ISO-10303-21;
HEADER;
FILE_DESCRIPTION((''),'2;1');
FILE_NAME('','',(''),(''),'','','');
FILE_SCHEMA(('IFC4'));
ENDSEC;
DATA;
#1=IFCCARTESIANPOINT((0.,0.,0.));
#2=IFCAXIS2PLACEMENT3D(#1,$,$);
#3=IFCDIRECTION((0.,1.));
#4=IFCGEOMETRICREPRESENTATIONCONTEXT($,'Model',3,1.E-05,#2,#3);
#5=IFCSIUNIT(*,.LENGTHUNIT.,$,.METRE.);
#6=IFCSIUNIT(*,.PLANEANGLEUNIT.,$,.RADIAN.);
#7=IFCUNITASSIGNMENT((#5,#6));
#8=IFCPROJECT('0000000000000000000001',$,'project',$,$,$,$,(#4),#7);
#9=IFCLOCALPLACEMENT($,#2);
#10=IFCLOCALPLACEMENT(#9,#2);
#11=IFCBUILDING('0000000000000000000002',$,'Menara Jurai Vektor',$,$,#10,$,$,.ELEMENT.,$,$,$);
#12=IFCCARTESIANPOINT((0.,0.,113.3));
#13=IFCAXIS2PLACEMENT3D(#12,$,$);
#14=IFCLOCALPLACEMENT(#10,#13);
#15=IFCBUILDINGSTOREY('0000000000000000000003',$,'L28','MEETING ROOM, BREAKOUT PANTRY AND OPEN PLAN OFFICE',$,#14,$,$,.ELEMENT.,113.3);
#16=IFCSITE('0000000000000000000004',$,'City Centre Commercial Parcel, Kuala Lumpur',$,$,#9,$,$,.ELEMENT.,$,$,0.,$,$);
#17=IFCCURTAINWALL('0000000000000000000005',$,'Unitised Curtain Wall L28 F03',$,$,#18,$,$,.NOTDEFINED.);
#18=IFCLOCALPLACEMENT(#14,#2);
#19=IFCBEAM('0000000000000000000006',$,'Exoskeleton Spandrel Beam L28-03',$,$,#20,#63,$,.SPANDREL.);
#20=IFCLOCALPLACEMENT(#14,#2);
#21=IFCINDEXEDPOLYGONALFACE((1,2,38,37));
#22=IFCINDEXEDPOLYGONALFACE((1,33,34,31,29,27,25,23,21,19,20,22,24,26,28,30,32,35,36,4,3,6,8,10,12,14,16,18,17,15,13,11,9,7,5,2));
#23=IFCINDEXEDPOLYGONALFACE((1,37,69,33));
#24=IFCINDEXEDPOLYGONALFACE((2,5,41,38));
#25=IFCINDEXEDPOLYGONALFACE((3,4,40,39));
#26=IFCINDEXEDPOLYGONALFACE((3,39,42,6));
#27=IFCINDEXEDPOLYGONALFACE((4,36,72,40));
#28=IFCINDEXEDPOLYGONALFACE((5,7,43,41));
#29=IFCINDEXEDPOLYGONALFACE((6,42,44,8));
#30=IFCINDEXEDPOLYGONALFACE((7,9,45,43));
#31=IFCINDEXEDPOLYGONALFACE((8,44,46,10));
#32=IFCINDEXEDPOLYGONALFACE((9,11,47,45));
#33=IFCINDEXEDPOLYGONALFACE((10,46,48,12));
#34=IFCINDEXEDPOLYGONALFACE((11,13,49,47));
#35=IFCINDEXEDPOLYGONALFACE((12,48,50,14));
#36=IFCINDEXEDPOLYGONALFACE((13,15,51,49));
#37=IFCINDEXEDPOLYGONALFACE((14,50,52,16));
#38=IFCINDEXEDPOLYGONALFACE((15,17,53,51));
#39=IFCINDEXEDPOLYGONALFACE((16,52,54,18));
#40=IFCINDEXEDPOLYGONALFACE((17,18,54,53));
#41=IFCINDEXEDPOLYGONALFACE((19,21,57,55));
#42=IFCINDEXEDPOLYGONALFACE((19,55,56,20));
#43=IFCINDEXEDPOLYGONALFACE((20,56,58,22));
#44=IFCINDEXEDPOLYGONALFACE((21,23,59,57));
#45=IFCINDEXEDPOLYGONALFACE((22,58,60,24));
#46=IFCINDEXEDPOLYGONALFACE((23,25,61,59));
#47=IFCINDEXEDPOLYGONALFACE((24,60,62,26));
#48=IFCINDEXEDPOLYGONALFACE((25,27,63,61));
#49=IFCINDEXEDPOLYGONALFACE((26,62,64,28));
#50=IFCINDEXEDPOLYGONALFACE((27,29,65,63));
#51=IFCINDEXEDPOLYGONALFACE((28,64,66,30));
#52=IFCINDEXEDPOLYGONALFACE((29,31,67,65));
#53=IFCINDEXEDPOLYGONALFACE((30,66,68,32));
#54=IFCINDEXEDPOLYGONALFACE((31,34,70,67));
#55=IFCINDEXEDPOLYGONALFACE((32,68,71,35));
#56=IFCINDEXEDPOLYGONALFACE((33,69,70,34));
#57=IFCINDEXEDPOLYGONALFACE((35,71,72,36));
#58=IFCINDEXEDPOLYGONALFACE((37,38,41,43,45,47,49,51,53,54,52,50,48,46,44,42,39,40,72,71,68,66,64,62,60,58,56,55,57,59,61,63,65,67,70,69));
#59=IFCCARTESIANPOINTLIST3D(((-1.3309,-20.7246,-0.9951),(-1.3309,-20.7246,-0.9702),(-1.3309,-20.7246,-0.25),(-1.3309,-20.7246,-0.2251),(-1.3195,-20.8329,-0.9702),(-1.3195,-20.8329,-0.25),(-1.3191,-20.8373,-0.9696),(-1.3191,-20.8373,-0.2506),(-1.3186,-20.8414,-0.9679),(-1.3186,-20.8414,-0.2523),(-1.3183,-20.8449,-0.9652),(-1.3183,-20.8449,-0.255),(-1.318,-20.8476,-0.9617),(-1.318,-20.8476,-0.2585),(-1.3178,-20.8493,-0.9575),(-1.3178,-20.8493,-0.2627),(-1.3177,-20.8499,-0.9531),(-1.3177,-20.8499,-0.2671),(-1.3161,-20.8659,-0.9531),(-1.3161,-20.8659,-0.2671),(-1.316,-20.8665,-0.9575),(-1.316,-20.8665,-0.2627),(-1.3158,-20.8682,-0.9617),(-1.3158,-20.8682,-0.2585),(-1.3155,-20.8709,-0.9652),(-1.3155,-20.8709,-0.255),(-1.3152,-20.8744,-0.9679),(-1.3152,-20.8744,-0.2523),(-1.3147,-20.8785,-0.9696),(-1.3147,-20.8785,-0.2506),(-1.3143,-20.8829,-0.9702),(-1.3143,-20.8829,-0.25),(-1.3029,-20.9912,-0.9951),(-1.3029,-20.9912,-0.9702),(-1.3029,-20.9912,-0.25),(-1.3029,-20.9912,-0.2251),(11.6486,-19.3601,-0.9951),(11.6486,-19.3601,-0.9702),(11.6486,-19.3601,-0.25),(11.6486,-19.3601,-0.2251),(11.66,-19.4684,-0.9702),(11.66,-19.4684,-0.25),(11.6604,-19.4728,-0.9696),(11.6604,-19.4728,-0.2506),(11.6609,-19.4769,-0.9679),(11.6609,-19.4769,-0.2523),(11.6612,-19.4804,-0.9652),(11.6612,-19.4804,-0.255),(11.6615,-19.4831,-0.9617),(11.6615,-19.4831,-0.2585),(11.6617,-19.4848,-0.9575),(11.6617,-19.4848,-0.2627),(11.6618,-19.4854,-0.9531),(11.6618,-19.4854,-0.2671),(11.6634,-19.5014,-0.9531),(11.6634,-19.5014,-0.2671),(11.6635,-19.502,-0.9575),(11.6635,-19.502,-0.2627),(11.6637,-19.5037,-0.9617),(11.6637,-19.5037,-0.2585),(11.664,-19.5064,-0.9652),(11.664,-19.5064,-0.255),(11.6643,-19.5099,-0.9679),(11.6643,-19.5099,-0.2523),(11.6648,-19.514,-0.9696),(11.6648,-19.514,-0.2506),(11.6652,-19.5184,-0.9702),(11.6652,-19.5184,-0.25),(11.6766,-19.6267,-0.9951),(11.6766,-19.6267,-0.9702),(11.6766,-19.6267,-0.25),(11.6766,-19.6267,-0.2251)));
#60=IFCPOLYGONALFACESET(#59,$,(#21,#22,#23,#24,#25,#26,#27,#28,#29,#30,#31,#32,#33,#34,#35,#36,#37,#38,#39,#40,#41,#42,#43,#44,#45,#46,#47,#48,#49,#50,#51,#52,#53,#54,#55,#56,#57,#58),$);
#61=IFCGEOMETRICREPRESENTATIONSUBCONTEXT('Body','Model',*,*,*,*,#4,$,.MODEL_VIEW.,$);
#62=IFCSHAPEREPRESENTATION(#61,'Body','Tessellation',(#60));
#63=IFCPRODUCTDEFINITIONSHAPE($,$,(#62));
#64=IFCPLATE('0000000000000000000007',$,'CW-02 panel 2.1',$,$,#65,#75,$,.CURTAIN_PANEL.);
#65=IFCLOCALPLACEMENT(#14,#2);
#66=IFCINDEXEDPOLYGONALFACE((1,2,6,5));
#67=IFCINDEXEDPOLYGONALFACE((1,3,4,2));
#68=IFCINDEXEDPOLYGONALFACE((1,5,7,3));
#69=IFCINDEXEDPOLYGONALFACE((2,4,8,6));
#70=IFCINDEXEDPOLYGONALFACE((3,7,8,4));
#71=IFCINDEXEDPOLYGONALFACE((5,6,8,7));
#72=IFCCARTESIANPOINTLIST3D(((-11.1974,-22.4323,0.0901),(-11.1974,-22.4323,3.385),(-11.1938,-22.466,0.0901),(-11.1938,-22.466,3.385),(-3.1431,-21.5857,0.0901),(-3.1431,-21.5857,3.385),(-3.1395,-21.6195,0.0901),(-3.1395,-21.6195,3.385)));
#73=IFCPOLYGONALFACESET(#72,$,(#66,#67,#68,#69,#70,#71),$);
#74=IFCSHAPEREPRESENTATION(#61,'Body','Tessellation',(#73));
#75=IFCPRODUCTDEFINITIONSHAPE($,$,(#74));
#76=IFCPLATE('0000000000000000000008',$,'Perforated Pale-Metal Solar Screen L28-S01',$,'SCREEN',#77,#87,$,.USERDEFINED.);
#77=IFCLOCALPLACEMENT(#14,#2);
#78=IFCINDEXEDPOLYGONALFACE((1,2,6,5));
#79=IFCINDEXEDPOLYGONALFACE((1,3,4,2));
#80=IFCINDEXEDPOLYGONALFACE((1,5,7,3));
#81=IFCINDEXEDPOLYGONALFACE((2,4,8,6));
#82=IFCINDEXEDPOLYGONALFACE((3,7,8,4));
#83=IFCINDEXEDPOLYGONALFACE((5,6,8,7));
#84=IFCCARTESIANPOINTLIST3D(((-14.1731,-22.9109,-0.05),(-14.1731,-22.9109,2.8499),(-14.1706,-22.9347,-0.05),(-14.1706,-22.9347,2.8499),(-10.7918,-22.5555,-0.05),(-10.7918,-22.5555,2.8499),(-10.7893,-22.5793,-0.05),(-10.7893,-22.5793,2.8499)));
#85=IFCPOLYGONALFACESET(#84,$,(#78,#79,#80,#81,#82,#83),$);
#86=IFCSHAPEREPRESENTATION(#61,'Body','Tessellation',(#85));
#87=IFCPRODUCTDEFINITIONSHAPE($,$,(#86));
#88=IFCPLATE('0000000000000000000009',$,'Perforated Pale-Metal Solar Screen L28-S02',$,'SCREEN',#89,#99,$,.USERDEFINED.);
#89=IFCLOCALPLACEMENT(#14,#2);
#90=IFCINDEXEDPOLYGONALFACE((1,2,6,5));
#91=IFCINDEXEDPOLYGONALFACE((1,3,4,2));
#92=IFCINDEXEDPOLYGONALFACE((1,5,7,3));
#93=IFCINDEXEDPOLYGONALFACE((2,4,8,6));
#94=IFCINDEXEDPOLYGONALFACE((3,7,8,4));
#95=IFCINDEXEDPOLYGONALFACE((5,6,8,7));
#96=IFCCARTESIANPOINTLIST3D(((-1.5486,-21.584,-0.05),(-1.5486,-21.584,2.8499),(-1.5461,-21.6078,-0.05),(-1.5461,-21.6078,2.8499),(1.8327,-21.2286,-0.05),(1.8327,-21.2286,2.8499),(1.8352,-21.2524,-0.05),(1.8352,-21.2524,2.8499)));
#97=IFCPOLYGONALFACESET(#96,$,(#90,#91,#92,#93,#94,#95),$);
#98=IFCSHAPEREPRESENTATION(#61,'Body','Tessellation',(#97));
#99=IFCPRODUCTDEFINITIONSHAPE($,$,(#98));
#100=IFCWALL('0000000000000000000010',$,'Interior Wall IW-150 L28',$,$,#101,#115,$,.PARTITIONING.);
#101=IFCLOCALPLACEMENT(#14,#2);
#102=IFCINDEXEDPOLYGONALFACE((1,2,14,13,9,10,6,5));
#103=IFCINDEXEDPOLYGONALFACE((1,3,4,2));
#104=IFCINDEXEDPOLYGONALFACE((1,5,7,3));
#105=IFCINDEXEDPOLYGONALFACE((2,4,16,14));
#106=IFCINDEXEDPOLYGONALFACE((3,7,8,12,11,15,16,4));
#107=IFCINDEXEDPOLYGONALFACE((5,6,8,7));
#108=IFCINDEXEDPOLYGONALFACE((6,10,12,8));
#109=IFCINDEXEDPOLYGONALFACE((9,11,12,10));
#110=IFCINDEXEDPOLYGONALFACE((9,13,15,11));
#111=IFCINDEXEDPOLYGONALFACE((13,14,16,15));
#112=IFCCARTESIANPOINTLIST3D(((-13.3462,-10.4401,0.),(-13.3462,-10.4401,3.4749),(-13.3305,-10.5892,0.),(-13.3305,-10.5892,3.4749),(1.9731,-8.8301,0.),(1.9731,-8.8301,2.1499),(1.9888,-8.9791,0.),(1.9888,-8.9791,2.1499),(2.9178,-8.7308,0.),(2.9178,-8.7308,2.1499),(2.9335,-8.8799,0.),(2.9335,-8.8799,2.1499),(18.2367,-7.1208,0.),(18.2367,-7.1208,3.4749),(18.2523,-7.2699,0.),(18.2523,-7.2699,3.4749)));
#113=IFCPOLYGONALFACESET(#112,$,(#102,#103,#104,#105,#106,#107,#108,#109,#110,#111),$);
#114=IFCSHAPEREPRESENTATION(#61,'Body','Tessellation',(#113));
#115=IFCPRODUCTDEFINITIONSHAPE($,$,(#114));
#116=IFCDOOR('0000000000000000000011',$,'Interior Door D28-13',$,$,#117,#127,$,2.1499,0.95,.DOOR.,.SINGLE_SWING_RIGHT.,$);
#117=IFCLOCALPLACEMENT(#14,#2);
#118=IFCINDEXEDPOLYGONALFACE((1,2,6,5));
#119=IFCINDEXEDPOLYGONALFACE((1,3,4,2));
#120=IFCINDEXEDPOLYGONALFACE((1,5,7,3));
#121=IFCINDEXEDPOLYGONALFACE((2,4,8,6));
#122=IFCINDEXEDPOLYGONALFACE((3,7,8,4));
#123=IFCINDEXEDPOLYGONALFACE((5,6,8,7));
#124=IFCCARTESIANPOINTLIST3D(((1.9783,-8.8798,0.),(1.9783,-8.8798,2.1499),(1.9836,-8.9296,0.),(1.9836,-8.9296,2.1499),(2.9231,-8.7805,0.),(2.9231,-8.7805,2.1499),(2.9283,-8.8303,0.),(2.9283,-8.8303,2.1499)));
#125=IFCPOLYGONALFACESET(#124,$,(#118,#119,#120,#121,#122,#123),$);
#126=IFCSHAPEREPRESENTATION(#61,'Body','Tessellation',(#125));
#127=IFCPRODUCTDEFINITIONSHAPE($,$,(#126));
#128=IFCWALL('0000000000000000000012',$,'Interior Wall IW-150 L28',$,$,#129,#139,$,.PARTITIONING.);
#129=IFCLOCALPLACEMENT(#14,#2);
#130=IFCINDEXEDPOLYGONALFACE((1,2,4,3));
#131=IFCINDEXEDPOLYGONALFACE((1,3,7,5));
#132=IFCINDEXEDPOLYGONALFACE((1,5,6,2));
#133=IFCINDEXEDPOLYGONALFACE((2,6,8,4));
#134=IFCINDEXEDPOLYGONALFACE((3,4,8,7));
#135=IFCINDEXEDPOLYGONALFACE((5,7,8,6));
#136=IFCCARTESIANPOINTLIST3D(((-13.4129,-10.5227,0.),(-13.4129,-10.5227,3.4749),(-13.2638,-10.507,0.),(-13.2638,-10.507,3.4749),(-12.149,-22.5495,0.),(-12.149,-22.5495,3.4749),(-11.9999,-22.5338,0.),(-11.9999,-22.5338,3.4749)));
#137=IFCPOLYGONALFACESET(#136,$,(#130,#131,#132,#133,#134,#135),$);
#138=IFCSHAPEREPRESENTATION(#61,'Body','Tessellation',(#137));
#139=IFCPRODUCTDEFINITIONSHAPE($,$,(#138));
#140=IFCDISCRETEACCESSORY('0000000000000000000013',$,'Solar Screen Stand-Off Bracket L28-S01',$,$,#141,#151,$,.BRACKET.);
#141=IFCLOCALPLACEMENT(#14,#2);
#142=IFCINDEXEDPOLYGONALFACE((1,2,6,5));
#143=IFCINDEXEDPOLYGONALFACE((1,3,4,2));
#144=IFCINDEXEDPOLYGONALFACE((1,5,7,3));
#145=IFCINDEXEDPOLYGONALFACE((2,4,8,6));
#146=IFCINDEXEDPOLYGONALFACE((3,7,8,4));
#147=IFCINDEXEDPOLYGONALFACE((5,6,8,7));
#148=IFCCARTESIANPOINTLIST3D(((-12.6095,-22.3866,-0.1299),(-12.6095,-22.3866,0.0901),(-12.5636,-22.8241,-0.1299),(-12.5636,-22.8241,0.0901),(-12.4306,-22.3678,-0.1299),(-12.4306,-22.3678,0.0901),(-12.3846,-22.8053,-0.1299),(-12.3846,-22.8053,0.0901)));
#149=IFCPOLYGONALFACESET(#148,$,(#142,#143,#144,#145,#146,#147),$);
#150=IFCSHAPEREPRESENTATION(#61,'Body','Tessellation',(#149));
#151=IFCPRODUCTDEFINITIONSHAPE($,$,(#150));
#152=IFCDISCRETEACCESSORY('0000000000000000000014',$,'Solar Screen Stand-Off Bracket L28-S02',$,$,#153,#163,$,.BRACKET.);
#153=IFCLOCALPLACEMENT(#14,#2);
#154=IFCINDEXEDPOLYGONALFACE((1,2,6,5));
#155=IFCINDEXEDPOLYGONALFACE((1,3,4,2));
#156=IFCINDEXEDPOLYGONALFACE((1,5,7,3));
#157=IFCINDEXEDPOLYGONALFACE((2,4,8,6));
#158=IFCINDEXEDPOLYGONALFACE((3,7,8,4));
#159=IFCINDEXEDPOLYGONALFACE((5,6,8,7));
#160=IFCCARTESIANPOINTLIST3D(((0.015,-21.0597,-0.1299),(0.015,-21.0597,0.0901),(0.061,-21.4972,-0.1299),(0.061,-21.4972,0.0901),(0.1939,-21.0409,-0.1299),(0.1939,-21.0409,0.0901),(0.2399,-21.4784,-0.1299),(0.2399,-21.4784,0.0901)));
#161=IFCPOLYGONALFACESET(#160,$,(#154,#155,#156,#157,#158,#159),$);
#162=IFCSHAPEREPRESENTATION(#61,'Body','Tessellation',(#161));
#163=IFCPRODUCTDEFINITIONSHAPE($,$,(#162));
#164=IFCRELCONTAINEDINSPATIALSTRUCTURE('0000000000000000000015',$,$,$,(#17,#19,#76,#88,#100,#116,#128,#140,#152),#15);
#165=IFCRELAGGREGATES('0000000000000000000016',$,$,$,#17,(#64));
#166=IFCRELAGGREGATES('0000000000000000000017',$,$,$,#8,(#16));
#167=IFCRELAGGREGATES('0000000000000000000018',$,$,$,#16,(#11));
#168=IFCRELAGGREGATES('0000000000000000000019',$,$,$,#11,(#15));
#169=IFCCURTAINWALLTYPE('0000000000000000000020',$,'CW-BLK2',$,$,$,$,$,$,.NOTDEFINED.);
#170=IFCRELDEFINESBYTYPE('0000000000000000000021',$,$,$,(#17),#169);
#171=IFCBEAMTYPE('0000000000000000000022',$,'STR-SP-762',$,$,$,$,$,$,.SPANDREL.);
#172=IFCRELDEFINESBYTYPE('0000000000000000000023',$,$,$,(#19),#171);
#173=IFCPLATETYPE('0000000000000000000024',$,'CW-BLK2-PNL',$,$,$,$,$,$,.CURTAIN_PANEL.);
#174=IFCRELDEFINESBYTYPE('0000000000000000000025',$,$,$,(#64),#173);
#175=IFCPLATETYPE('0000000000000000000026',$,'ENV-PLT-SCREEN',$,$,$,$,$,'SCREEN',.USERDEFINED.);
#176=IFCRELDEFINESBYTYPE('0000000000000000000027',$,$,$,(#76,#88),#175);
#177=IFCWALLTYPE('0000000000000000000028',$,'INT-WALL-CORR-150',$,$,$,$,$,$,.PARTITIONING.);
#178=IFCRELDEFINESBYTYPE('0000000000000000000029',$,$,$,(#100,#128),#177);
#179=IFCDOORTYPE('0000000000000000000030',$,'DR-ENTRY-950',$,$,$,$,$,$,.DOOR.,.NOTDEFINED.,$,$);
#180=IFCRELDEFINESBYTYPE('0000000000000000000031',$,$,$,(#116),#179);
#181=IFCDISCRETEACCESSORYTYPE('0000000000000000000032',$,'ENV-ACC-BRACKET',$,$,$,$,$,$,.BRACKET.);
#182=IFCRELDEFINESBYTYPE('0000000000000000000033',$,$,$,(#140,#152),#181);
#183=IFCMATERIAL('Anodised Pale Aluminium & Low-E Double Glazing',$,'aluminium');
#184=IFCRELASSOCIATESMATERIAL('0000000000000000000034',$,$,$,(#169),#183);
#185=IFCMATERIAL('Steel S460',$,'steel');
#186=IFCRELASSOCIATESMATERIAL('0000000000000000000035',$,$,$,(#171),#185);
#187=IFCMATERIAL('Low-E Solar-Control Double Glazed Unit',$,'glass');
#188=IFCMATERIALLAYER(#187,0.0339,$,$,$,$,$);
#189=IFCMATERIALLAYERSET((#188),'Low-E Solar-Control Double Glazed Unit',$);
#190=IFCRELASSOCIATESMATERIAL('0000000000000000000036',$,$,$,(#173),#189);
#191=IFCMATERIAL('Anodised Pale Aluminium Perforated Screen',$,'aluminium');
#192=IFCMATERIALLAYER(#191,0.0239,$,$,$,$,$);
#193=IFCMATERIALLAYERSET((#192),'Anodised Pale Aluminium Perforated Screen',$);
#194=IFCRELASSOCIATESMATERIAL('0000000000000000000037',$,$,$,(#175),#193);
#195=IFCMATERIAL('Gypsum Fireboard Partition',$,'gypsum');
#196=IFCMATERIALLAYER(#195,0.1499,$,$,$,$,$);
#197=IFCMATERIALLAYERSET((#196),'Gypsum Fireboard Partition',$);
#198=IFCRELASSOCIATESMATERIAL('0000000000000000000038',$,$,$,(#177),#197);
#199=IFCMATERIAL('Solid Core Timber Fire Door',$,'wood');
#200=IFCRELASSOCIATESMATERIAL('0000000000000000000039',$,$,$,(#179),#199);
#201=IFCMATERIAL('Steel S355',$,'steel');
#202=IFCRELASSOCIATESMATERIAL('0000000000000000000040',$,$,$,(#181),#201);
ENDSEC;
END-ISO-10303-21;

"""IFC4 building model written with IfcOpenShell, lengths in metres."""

from ifc_helpers import new_model, si_unit, direction, frame, frame_2d, origin, origin_2d, place, context, subcontext, project, spatial, rectangle, i_section, extrude, material, layer, layer_set, material_profile, profile_set, type_object, element, fill, aggregate, save


model = new_model("IFC4")

# Units and contexts
model_context = context("Model", 3, precision=1e-05, world=origin(), true_north=direction((0.0, 1.0)))
body_context = subcontext(model_context, "Body", "Model", "MODEL_VIEW")
ifc_project = project(units=[si_unit("LENGTHUNIT", "METRE"), si_unit("PLANEANGLEUNIT", "RADIAN")], contexts=[model_context])

# Site, building, storey
site_placement = place(None, origin())
site = spatial("IfcSite", under=ifc_project, at=site_placement, Name="City Centre Commercial Parcel, Kuala Lumpur", CompositionType="ELEMENT", RefElevation=0.0)
building_placement = place(site_placement, origin())
building = spatial("IfcBuilding", under=site, at=building_placement, Name="Menara Jurai Vektor", CompositionType="ELEMENT")
storey_placement = place(building_placement, frame((0.0, 0.0, 113.3)))
storey = spatial("IfcBuildingStorey", under=building, at=storey_placement, Name="L28", Description="MEETING ROOM, BREAKOUT PANTRY AND OPEN PLAN OFFICE", CompositionType="ELEMENT", Elevation=113.3)

# Shared definitions
ifc_material_1 = material(Name="Steel S460", Category="steel")

# Curtain wall
ifc_material_2 = material(Name="Anodised Pale Aluminium & Low-E Double Glazing", Category="aluminium")
curtain_wall_type = type_object("IfcCurtainWallType", Name="CW-BLK2", PredefinedType="NOTDEFINED", material=ifc_material_2)
curtain_wall_placement = place(storey_placement, origin())
curtain_wall = element("IfcCurtainWall", 1, at=curtain_wall_placement, inside=storey, type_object=curtain_wall_type, Name="Unitised Curtain Wall L28 F03", PredefinedType="NOTDEFINED")

# Beam
ifc_material_3 = material(Name="Steel S355", Category="steel")
ifc_material_profile_1 = material_profile(ifc_material_1, i_section(OverallWidth=0.2681, OverallDepth=0.77, WebThickness=0.0161, FlangeThickness=0.0249, FilletRadius=0.0171, at=origin_2d()), Name="UKB 762x267x197")
ifc_profile_set_1 = profile_set([ifc_material_profile_1], Name="Steel S460")
beam_type_1 = type_object("IfcBeamType", Name="STR-SP-762", PredefinedType="SPANDREL", material=ifc_profile_set_1)
beam_1_placement = place(storey_placement, frame((-1.3169, -20.8579, -0.6101), z_axis=(0.994519, 0.104551, 0.0), x_axis=(-0.104551, 0.994519, 0.0)))
element("IfcBeam", 2, at=beam_1_placement, inside=storey, type_object=beam_type_1, Name="Exoskeleton Spandrel Beam L28-03", PredefinedType="SPANDREL", context=body_context, shape_type="SweptSolid", body=[
    extrude(i_section(OverallWidth=0.2681, OverallDepth=0.77, WebThickness=0.0161, FlangeThickness=0.0249, FilletRadius=0.0171, at=origin_2d()), origin(), (0.0, 0.0, 1.0), 13.051),
])

# Plate
ifc_material_4 = material(Name="Low-E Solar-Control Double Glazed Unit", Category="glass")
ifc_layer_1 = layer(ifc_material_4, 0.0339)
ifc_layer_set_1 = layer_set([ifc_layer_1], Name="Low-E Solar-Control Double Glazed Unit")
plate_type_1 = type_object("IfcPlateType", Name="CW-BLK2-PNL", PredefinedType="CURTAIN_PANEL", material=ifc_layer_set_1)
plate_placement = place(storey_placement, frame((-7.1685, -22.0259, 0.0901), z_axis=(0.0, 0.0, 1.0), x_axis=(0.994522, 0.104529, 0.0)))
plate = element("IfcPlate", 3, at=plate_placement, type_object=plate_type_1, Name="CW-02 panel 2.1", PredefinedType="CURTAIN_PANEL", context=body_context, shape_type="SweptSolid", body=[
    extrude(rectangle(XDim=8.0986, YDim=0.0339, at=origin_2d()), origin(), (0.0, 0.0, 1.0), 3.2949),
])
aggregate(curtain_wall, [plate])

# Plates
ifc_material_5 = material(Name="Anodised Pale Aluminium Perforated Screen", Category="aluminium")
ifc_layer_2 = layer(ifc_material_5, 0.0239)
ifc_layer_set_2 = layer_set([ifc_layer_2], Name="Anodised Pale Aluminium Perforated Screen")
plate_type_2 = type_object("IfcPlateType", Name="ENV-PLT-SCREEN", ElementType="SCREEN", PredefinedType="USERDEFINED", material=ifc_layer_set_2)
for number, where, z_axis, x_axis, name in (
    (4, (-12.4812, -22.7451, -0.05), (0.0, 0.0, 1.0), (0.994522, 0.104528, 0.0), "Perforated Pale-Metal Solar Screen L28-S01"),
    (5, (0.1433, -21.4182, -0.05), (0.0, 0.0, 1.0), (0.994522, 0.104528, 0.0), "Perforated Pale-Metal Solar Screen L28-S02"),
):
    element("IfcPlate", number, at=place(storey_placement, frame(where, z_axis=z_axis, x_axis=x_axis)), inside=storey, type_object=plate_type_2, Name=name, ObjectType="SCREEN", PredefinedType="USERDEFINED", context=body_context, shape_type="SweptSolid", body=[
        extrude(rectangle(XDim=3.3999, YDim=0.0239, at=origin_2d()), origin(), (0.0, 0.0, 1.0), 2.8999),
    ])

# Wall, opening, door
ifc_material_6 = material(Name="Gypsum Fireboard Partition", Category="gypsum")
ifc_layer_3 = layer(ifc_material_6, 0.1499)
ifc_layer_set_3 = layer_set([ifc_layer_3], Name="Gypsum Fireboard Partition")
wall_type = type_object("IfcWallType", Name="INT-WALL-CORR-150", PredefinedType="PARTITIONING", material=ifc_layer_set_3)
wall_1_placement = place(storey_placement, frame((-13.3384, -10.5146, 0.0), z_axis=(0.0, 0.0, 1.0), x_axis=(0.994522, 0.104523, 0.0)))
wall_1 = element("IfcWall", 6, at=wall_1_placement, inside=storey, type_object=wall_type, Name="Interior Wall IW-150 L28", PredefinedType="PARTITIONING", context=body_context, shape_type="SweptSolid", body=[
    extrude(rectangle(XDim=31.7568, YDim=0.1499, at=frame_2d((15.8784, 0.0))), origin(), (0.0, 0.0, 1.0), 3.4749),
])
opening_placement = place(wall_1_placement, frame((15.4036, 0.0, 0.0)))
opening = element("IfcOpeningElement", 7, at=opening_placement, cuts=wall_1, PredefinedType="OPENING", context=body_context, shape_type="SweptSolid", body=[
    extrude(rectangle(XDim=0.95, YDim=2.1499, at=frame_2d((0.4751, 1.075))), frame((0.0, 0.085, 0.0), z_axis=(0.0, -1.0, 0.0), x_axis=(1.0, 0.0, 0.0)), (0.0, 0.0, 1.0), 0.1699),
])
ifc_material_7 = material(Name="Solid Core Timber Fire Door", Category="wood")
door_type = type_object("IfcDoorType", Name="DR-ENTRY-950", OperationType="NOTDEFINED", PredefinedType="DOOR", material=ifc_material_7)
door_placement = place(opening_placement, origin())
door = element("IfcDoor", 8, at=door_placement, inside=storey, type_object=door_type, Name="Interior Door D28-13", OperationType="SINGLE_SWING_RIGHT", OverallHeight=2.1499, OverallWidth=0.95, PredefinedType="DOOR", context=body_context, shape_type="SweptSolid", body=[
    extrude(rectangle(XDim=0.95, YDim=2.1499, at=frame_2d((0.4751, 1.075))), frame((0.0, 0.0249, 0.0), z_axis=(0.0, -1.0, 0.0), x_axis=(1.0, 0.0, 0.0)), (0.0, 0.0, 1.0), 0.05),
])
fill(opening, door)

# Wall
wall_2_placement = place(storey_placement, frame((-12.0745, -22.5415, 0.0), z_axis=(0.0, 0.0, 1.0), x_axis=(-0.104516, 0.994523, 0.0)))
element("IfcWall", 9, at=wall_2_placement, inside=storey, type_object=wall_type, Name="Interior Wall IW-150 L28", PredefinedType="PARTITIONING", context=body_context, shape_type="SweptSolid", body=[
    extrude(rectangle(XDim=12.093, YDim=0.1499, at=frame_2d((6.0464, 0.0))), origin(), (0.0, 0.0, 1.0), 3.4749),
])

# Discrete accessories
discrete_accessory_type = type_object("IfcDiscreteAccessoryType", Name="ENV-ACC-BRACKET", PredefinedType="BRACKET", material=ifc_material_3)
for number, where, z_axis, x_axis, name in (
    (10, (-12.4971, -22.5959, -0.1299), (0.0, 0.0, 1.0), (0.994522, 0.104528, 0.0), "Solar Screen Stand-Off Bracket L28-S01"),
    (11, (0.1274, -21.269, -0.1299), (0.0, 0.0, 1.0), (0.994522, 0.104528, 0.0), "Solar Screen Stand-Off Bracket L28-S02"),
):
    element("IfcDiscreteAccessory", number, at=place(storey_placement, frame(where, z_axis=z_axis, x_axis=x_axis)), inside=storey, type_object=discrete_accessory_type, Name=name, PredefinedType="BRACKET", context=body_context, shape_type="SweptSolid", body=[
        extrude(rectangle(XDim=0.1799, YDim=0.4399, at=origin_2d()), origin(), (0.0, 0.0, 1.0), 0.22),
    ])

save(model, "model.ifc")
